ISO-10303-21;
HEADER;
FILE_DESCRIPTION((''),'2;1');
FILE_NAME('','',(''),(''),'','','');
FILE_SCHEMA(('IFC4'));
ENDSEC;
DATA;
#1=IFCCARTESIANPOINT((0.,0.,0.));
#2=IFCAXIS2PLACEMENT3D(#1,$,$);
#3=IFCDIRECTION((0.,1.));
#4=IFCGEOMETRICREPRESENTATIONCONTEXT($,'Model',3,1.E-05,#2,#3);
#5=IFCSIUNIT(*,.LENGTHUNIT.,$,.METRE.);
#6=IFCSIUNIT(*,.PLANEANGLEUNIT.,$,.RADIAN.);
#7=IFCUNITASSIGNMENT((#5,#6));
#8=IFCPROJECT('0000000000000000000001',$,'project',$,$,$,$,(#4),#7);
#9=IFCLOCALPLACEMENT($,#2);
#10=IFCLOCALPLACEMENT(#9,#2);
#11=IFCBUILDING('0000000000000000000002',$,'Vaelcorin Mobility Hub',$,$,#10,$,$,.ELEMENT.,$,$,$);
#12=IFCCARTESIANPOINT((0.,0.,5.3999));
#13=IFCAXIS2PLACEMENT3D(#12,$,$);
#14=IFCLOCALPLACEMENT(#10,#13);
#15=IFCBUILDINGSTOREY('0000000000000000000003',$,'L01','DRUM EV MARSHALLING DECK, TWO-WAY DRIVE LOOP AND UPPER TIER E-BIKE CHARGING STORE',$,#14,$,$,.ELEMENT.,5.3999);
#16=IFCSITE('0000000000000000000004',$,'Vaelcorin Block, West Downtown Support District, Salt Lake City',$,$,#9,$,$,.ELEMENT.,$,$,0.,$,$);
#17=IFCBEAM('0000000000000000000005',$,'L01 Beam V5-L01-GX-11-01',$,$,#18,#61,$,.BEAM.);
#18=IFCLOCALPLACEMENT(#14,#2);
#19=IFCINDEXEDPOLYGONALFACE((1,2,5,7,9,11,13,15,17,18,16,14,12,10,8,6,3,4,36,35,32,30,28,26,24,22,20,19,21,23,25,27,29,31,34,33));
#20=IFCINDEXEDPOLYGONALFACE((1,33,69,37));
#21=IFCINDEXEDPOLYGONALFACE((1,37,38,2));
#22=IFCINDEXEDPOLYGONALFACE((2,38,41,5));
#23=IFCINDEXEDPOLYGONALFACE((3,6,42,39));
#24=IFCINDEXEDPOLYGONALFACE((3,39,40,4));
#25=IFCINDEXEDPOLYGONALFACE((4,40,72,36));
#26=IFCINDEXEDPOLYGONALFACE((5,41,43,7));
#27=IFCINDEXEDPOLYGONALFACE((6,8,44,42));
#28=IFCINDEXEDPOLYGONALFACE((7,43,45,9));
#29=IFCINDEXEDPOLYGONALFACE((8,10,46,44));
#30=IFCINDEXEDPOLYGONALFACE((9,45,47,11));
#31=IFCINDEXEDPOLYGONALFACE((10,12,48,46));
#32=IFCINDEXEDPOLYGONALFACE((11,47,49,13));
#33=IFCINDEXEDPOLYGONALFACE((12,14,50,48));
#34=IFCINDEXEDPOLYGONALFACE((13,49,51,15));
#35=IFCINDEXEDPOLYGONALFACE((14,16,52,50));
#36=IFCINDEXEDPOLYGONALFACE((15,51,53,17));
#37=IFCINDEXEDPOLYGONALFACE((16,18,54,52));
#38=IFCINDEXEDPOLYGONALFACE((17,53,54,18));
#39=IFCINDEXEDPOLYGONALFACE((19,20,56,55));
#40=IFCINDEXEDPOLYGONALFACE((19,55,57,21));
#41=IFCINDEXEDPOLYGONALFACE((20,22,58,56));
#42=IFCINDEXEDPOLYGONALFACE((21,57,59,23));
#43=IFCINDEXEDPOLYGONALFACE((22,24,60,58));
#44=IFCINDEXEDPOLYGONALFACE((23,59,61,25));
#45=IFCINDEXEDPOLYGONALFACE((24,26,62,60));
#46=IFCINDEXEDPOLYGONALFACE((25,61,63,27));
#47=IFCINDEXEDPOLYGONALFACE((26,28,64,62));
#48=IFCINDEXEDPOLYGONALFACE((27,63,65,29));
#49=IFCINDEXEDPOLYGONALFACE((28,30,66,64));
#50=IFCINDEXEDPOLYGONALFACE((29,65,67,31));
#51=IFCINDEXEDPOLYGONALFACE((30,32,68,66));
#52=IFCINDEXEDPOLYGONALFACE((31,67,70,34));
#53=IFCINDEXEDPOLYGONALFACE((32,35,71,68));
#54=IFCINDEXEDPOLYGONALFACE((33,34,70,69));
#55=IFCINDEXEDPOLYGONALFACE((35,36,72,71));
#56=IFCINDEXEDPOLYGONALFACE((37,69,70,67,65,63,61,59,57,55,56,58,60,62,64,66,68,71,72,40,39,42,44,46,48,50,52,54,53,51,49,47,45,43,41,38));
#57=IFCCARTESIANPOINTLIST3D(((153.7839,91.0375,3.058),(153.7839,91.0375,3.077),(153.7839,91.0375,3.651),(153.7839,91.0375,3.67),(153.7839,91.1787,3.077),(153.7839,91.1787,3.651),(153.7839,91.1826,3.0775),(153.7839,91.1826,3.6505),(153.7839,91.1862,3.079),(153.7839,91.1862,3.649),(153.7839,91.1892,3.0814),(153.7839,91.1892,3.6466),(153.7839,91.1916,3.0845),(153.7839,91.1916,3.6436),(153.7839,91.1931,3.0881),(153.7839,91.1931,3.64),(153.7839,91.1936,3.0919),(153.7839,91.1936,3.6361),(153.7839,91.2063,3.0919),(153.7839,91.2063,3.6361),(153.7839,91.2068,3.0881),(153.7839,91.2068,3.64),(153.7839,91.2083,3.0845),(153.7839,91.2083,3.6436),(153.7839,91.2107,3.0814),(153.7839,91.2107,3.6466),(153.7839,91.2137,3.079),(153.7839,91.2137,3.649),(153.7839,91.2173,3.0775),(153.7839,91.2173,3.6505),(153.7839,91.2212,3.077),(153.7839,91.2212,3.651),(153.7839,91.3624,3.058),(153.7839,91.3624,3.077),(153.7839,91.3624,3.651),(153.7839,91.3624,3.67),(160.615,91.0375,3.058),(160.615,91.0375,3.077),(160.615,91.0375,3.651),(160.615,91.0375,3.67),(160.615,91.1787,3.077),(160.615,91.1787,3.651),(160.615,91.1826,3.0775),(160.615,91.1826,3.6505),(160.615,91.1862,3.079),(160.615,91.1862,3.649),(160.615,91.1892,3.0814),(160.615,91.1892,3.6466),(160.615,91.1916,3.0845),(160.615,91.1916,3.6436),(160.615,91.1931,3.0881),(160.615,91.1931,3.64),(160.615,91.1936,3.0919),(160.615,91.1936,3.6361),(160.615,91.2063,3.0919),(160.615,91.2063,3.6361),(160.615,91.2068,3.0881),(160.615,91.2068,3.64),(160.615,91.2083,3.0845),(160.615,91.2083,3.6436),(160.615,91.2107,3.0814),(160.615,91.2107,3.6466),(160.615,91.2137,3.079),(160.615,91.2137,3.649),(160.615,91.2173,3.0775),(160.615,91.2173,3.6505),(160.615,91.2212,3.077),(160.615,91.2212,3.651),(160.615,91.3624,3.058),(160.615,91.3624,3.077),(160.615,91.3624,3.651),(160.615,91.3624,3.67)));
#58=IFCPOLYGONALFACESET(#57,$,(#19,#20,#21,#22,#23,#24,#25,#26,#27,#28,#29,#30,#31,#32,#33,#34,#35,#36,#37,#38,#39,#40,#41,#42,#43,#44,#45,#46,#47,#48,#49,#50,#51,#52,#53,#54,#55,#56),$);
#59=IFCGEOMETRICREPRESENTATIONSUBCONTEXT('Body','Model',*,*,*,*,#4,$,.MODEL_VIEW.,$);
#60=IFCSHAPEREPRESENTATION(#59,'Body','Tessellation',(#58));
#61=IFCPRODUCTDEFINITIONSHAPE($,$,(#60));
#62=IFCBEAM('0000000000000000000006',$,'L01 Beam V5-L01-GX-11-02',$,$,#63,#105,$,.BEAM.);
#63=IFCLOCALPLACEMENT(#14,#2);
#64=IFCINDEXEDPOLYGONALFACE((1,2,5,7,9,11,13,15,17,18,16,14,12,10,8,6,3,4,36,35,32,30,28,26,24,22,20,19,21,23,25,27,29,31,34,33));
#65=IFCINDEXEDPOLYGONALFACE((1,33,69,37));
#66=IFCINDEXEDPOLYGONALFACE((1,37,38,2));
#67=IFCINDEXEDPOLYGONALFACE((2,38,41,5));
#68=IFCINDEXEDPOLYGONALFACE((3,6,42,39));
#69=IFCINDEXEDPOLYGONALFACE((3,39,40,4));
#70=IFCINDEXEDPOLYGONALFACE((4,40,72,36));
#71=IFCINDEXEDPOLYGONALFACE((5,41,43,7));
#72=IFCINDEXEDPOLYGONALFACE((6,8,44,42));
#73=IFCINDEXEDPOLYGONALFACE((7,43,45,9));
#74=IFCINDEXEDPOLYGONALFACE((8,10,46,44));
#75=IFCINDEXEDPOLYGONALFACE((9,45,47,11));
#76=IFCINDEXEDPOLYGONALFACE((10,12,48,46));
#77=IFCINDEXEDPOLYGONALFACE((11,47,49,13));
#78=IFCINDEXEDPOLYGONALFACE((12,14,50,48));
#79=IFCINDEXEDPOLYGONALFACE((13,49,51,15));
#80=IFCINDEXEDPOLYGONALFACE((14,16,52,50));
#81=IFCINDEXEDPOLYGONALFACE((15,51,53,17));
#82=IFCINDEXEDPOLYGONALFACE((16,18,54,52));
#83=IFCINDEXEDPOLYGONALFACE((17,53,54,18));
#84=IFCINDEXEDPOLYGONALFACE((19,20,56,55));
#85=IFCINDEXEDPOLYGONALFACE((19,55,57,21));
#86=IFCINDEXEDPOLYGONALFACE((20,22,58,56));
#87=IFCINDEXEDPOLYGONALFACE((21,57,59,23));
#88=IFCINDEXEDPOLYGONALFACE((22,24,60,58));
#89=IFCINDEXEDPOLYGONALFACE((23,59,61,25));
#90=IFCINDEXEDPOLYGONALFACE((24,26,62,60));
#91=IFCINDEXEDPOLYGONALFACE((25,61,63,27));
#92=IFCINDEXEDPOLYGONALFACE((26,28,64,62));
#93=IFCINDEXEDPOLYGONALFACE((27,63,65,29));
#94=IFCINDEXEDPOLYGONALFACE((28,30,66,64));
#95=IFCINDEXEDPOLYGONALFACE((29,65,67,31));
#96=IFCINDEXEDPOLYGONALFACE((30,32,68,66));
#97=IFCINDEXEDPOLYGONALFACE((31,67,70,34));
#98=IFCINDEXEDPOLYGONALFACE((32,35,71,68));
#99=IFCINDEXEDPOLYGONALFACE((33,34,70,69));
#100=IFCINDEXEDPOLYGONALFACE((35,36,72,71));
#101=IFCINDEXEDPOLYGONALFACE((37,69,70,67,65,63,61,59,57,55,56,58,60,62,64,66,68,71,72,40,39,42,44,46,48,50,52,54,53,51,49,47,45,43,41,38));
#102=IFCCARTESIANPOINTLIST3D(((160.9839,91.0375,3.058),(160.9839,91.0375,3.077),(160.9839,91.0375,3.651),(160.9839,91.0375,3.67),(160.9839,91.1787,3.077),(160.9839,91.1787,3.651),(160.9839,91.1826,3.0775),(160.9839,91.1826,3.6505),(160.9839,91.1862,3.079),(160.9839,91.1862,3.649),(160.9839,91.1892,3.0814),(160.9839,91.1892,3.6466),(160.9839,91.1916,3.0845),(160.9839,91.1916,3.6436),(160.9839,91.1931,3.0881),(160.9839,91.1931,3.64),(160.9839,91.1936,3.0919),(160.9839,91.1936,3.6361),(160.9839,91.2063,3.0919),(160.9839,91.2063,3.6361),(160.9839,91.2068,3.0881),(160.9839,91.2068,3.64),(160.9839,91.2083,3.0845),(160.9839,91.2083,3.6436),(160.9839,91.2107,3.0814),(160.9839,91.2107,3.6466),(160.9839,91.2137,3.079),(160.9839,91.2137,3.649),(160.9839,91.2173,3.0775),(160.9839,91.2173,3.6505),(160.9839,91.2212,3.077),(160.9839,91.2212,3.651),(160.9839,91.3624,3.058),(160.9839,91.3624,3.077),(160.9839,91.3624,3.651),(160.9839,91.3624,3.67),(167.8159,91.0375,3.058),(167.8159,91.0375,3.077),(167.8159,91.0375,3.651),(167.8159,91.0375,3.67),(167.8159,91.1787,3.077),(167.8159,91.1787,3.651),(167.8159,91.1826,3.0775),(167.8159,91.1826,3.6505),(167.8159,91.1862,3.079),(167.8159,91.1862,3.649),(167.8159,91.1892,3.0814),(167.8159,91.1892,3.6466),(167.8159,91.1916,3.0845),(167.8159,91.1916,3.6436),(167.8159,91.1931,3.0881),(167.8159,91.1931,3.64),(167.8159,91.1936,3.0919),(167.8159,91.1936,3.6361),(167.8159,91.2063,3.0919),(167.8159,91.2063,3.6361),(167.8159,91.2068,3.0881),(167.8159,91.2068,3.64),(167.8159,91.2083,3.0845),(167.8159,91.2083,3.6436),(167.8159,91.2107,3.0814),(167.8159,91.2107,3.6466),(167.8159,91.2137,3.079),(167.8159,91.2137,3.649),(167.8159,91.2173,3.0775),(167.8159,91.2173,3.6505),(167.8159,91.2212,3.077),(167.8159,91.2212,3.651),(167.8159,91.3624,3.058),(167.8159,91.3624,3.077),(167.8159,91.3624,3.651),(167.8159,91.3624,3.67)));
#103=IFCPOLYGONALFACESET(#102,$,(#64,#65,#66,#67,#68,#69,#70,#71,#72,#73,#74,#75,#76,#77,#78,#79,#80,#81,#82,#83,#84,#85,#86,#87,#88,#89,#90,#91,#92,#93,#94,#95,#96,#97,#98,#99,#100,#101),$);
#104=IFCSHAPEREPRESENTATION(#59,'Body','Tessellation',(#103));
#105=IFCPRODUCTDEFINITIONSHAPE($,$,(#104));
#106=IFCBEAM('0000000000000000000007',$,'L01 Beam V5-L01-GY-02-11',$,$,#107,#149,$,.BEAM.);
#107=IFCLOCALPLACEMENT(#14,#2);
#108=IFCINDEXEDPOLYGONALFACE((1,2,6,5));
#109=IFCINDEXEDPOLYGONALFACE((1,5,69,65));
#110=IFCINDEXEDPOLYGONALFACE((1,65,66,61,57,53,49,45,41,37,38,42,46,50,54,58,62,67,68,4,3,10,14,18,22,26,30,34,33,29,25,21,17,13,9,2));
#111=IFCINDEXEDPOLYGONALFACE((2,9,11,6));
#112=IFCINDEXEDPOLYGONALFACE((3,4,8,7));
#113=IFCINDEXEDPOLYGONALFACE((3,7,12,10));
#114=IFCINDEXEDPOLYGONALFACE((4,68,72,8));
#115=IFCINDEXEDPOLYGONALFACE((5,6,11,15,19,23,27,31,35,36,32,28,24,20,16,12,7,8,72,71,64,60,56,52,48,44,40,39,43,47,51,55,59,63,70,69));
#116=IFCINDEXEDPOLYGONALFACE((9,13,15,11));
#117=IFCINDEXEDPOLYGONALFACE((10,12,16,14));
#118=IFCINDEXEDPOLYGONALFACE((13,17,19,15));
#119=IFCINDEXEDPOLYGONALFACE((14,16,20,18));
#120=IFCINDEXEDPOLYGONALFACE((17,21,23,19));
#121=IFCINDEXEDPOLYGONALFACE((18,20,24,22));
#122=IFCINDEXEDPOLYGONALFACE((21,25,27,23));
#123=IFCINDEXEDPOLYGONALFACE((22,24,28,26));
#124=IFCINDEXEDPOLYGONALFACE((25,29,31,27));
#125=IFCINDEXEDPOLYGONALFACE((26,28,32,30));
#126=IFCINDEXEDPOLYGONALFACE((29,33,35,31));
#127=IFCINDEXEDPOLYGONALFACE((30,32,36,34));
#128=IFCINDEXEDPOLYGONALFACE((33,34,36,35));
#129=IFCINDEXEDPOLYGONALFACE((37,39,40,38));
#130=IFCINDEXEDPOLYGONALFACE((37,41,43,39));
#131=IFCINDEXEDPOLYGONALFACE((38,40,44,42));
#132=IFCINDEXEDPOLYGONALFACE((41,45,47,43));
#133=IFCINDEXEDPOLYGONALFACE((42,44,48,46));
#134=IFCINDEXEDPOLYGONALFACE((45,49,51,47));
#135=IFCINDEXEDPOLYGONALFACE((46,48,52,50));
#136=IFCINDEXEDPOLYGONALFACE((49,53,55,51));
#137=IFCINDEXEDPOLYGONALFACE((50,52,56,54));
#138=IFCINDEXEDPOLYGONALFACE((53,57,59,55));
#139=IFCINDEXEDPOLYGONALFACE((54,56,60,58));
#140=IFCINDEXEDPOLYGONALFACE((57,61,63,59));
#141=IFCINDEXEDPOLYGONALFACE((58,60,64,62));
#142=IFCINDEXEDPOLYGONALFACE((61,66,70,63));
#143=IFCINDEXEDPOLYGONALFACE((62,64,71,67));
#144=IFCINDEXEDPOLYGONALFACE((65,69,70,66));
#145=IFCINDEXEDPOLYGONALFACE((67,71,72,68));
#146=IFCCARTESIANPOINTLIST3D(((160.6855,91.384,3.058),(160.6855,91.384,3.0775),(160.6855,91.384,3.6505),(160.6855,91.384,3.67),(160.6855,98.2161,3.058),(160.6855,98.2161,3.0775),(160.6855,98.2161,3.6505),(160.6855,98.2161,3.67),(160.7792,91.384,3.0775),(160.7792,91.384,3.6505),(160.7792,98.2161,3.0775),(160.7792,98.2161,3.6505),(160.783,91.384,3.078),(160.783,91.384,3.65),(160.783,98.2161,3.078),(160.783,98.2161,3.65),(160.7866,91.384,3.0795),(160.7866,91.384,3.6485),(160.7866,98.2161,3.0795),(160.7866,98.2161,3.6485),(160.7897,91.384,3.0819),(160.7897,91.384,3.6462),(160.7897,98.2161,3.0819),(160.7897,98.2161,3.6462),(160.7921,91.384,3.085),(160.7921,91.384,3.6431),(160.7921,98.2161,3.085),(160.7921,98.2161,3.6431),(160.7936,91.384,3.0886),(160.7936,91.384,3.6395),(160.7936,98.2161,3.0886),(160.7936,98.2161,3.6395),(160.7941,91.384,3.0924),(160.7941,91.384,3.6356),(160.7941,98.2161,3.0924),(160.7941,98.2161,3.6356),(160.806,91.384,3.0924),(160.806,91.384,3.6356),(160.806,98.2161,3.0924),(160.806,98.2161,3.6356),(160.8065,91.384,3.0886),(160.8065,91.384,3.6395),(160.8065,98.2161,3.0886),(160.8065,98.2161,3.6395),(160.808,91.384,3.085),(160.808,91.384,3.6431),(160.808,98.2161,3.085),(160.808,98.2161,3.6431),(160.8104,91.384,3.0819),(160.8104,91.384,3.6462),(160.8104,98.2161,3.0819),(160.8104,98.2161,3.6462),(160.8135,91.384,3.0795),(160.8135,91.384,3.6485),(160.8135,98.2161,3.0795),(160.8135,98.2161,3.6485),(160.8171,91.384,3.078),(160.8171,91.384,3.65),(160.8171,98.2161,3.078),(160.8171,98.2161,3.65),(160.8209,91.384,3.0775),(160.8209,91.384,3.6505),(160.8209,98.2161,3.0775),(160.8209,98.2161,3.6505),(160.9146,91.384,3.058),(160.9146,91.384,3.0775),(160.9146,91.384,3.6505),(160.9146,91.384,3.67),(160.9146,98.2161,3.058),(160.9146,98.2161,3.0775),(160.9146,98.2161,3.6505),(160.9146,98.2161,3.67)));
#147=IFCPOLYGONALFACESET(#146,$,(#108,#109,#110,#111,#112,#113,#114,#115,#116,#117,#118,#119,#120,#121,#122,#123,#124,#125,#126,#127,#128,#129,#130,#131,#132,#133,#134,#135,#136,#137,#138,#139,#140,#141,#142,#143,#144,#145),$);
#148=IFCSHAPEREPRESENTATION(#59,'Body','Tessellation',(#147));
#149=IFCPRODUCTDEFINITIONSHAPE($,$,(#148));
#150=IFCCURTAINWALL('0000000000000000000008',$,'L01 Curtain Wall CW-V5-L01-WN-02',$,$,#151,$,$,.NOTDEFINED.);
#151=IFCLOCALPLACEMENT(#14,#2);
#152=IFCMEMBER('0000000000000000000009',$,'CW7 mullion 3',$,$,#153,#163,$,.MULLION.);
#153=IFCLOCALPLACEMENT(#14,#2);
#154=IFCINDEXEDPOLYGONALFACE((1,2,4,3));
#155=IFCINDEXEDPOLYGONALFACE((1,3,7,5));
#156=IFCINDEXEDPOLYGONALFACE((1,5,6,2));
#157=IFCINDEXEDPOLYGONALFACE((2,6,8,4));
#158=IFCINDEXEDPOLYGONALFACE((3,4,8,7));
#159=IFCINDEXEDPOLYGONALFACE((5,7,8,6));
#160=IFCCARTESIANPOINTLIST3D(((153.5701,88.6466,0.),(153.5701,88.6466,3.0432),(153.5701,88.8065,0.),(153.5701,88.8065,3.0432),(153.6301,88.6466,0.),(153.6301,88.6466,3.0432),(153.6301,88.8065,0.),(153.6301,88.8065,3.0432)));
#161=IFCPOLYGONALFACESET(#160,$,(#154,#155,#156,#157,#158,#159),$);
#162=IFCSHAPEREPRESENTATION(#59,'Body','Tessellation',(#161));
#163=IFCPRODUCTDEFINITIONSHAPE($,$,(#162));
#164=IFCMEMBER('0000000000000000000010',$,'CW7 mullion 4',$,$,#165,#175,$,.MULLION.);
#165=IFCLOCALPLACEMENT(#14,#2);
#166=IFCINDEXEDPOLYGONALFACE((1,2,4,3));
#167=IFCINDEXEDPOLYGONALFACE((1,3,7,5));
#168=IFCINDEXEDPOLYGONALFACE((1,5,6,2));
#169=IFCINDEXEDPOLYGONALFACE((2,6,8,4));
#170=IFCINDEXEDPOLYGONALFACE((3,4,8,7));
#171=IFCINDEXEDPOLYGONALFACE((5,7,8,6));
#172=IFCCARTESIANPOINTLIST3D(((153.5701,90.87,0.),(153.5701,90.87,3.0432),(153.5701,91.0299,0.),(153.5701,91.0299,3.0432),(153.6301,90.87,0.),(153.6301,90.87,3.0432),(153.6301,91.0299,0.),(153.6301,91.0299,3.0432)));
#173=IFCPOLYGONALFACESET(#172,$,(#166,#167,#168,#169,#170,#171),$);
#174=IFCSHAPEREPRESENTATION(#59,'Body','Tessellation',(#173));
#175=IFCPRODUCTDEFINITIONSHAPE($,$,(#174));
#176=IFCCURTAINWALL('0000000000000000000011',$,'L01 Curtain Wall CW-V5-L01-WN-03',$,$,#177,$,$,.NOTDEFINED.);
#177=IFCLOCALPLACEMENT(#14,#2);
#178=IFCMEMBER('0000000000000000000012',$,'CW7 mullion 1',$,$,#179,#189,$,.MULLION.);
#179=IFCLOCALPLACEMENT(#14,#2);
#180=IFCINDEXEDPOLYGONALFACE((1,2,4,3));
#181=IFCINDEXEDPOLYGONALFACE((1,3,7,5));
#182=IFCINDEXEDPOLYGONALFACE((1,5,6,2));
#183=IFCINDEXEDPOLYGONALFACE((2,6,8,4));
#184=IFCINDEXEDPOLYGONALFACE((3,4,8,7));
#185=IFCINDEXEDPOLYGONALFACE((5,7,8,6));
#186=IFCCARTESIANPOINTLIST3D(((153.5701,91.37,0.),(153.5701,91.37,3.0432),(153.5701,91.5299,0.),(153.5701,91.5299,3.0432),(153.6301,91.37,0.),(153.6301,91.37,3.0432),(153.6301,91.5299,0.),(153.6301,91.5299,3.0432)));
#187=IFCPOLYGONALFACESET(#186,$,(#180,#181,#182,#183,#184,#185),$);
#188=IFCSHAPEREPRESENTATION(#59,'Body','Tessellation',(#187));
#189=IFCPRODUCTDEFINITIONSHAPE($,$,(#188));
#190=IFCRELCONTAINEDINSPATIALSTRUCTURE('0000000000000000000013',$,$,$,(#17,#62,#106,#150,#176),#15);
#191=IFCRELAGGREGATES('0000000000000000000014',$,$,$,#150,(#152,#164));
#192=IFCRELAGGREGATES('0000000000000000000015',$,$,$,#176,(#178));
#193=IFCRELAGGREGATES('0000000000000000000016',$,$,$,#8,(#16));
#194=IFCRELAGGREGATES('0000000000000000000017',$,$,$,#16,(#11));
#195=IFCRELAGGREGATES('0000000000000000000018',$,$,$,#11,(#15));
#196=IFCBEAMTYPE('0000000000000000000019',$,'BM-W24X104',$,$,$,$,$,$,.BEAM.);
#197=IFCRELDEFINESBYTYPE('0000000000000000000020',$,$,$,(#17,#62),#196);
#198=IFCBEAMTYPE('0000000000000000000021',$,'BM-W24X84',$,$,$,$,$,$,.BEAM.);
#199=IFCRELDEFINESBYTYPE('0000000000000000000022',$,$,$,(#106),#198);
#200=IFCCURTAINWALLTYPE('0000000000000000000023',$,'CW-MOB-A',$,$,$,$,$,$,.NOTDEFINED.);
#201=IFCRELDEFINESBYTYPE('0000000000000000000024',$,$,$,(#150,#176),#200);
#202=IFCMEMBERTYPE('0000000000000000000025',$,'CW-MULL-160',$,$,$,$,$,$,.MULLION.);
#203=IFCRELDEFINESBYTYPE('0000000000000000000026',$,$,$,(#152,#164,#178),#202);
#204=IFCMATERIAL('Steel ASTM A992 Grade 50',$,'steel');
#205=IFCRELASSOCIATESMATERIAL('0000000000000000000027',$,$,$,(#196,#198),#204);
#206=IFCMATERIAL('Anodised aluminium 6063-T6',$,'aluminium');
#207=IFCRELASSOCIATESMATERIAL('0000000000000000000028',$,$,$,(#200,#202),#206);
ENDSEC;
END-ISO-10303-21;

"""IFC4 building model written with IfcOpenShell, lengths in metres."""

from ifc_helpers import new_model, si_unit, direction, frame, origin, origin_2d, place, context, subcontext, project, spatial, rectangle, i_section, extrude, material, material_profile, profile_set, type_object, element, aggregate, save


model = new_model("IFC4")

# Units and contexts
model_context = context("Model", 3, precision=1e-05, world=origin(), true_north=direction((0.0, 1.0)))
body_context = subcontext(model_context, "Body", "Model", "MODEL_VIEW")
ifc_project = project(units=[si_unit("LENGTHUNIT", "METRE"), si_unit("PLANEANGLEUNIT", "RADIAN")], contexts=[model_context])

# Site, building, storey
site_placement = place(None, origin())
site = spatial("IfcSite", under=ifc_project, at=site_placement, Name="Vaelcorin Block, West Downtown Support District, Salt Lake City", CompositionType="ELEMENT", RefElevation=0.0)
building_placement = place(site_placement, origin())
building = spatial("IfcBuilding", under=site, at=building_placement, Name="Vaelcorin Mobility Hub", CompositionType="ELEMENT")
storey_placement = place(building_placement, frame((0.0, 0.0, 5.3999)))
storey = spatial("IfcBuildingStorey", under=building, at=storey_placement, Name="L01", Description="DRUM EV MARSHALLING DECK, TWO-WAY DRIVE LOOP AND UPPER TIER E-BIKE CHARGING STORE", CompositionType="ELEMENT", Elevation=5.3999)

# Shared definitions
ifc_material_1 = material(Name="Steel ASTM A992 Grade 50", Category="steel")

# Beams
ifc_material_profile_1 = material_profile(ifc_material_1, i_section(OverallWidth=0.325, OverallDepth=0.6121, WebThickness=0.0127, FlangeThickness=0.019, FilletRadius=0.0149, at=origin_2d()), Name="W24X104")
ifc_profile_set_1 = profile_set([ifc_material_profile_1], Name="Steel ASTM A992 Grade 50")
beam_type_1 = type_object("IfcBeamType", Name="BM-W24X104", PredefinedType="BEAM", material=ifc_profile_set_1)
beam_1_placement = place(storey_placement, frame((153.7839, 91.2, 3.364), z_axis=(1.0, 0.0, 0.0), x_axis=(0.0, 1.0, 0.0)))
element("IfcBeam", 1, at=beam_1_placement, inside=storey, type_object=beam_type_1, Name="L01 Beam V5-L01-GX-11-01", PredefinedType="BEAM", context=body_context, shape_type="SweptSolid", body=[
    extrude(i_section(OverallWidth=0.325, OverallDepth=0.6121, WebThickness=0.0127, FlangeThickness=0.019, FilletRadius=0.0149, at=origin_2d()), origin(), (0.0, 0.0, 1.0), 6.8311),
])
beam_2_placement = place(storey_placement, frame((160.9839, 91.2, 3.364), z_axis=(1.0, 0.0, 0.0), x_axis=(0.0, 1.0, 0.0)))
element("IfcBeam", 2, at=beam_2_placement, inside=storey, type_object=beam_type_1, Name="L01 Beam V5-L01-GX-11-02", PredefinedType="BEAM", context=body_context, shape_type="SweptSolid", body=[
    extrude(i_section(OverallWidth=0.325, OverallDepth=0.6121, WebThickness=0.0127, FlangeThickness=0.019, FilletRadius=0.0149, at=origin_2d()), origin(), (0.0, 0.0, 1.0), 6.832),
])
ifc_material_profile_2 = material_profile(ifc_material_1, i_section(OverallWidth=0.229, OverallDepth=0.6121, WebThickness=0.012, FlangeThickness=0.0195, FilletRadius=0.0149, at=origin_2d()), Name="W24X84")
ifc_profile_set_2 = profile_set([ifc_material_profile_2], Name="Steel ASTM A992 Grade 50")
beam_type_2 = type_object("IfcBeamType", Name="BM-W24X84", PredefinedType="BEAM", material=ifc_profile_set_2)
beam_3_placement = place(storey_placement, frame((160.8, 91.384, 3.364), z_axis=(0.0, 1.0, 0.0), x_axis=(-1.0, 0.0, 0.0)))
element("IfcBeam", 3, at=beam_3_placement, inside=storey, type_object=beam_type_2, Name="L01 Beam V5-L01-GY-02-11", PredefinedType="BEAM", context=body_context, shape_type="SweptSolid", body=[
    extrude(i_section(OverallWidth=0.229, OverallDepth=0.6121, WebThickness=0.012, FlangeThickness=0.0195, FilletRadius=0.0149, at=origin_2d()), origin(), (0.0, 0.0, 1.0), 6.832),
])

# Curtain walls, members
ifc_material_2 = material(Name="Anodised aluminium 6063-T6", Category="aluminium")
curtain_wall_type = type_object("IfcCurtainWallType", Name="CW-MOB-A", PredefinedType="NOTDEFINED", material=ifc_material_2)
curtain_wall_1_placement = place(storey_placement, origin())
curtain_wall_1 = element("IfcCurtainWall", 4, at=curtain_wall_1_placement, inside=storey, type_object=curtain_wall_type, Name="L01 Curtain Wall CW-V5-L01-WN-02", PredefinedType="NOTDEFINED")
ifc_material_profile_3 = material_profile(ifc_material_2, rectangle(XDim=0.0601, YDim=0.1599, at=origin_2d()), Name="ALU-M60X160")
ifc_profile_set_3 = profile_set([ifc_material_profile_3], Name="Anodised aluminium 6063-T6")
member_type_1 = type_object("IfcMemberType", Name="CW-MULL-160", PredefinedType="MULLION", material=ifc_profile_set_3)
member_1_placement = place(storey_placement, frame((153.6001, 88.7266, 0.0), z_axis=(0.0, 0.0, 1.0), x_axis=(-1.0, 0.0, 0.0)))
member_1 = element("IfcMember", 5, at=member_1_placement, type_object=member_type_1, Name="CW7 mullion 3", PredefinedType="MULLION", context=body_context, shape_type="SweptSolid", body=[
    extrude(rectangle(XDim=0.0601, YDim=0.1599, at=origin_2d()), origin(), (0.0, 0.0, 1.0), 3.0432),
])
member_2_placement = place(storey_placement, frame((153.6001, 90.95, 0.0), z_axis=(0.0, 0.0, 1.0), x_axis=(-1.0, 0.0, 0.0)))
member_2 = element("IfcMember", 6, at=member_2_placement, type_object=member_type_1, Name="CW7 mullion 4", PredefinedType="MULLION", context=body_context, shape_type="SweptSolid", body=[
    extrude(rectangle(XDim=0.0601, YDim=0.1599, at=origin_2d()), origin(), (0.0, 0.0, 1.0), 3.0432),
])
curtain_wall_2_placement = place(storey_placement, origin())
curtain_wall_2 = element("IfcCurtainWall", 7, at=curtain_wall_2_placement, inside=storey, type_object=curtain_wall_type, Name="L01 Curtain Wall CW-V5-L01-WN-03", PredefinedType="NOTDEFINED")
member_3_placement = place(storey_placement, frame((153.6001, 91.45, 0.0), z_axis=(0.0, 0.0, 1.0), x_axis=(-1.0, 0.0, 0.0)))
member_3 = element("IfcMember", 8, at=member_3_placement, type_object=member_type_1, Name="CW7 mullion 1", PredefinedType="MULLION", context=body_context, shape_type="SweptSolid", body=[
    extrude(rectangle(XDim=0.0601, YDim=0.1599, at=origin_2d()), origin(), (0.0, 0.0, 1.0), 3.0432),
])

aggregate(curtain_wall_1, [member_1, member_2])
aggregate(curtain_wall_2, [member_3])

save(model, "model.ifc")
